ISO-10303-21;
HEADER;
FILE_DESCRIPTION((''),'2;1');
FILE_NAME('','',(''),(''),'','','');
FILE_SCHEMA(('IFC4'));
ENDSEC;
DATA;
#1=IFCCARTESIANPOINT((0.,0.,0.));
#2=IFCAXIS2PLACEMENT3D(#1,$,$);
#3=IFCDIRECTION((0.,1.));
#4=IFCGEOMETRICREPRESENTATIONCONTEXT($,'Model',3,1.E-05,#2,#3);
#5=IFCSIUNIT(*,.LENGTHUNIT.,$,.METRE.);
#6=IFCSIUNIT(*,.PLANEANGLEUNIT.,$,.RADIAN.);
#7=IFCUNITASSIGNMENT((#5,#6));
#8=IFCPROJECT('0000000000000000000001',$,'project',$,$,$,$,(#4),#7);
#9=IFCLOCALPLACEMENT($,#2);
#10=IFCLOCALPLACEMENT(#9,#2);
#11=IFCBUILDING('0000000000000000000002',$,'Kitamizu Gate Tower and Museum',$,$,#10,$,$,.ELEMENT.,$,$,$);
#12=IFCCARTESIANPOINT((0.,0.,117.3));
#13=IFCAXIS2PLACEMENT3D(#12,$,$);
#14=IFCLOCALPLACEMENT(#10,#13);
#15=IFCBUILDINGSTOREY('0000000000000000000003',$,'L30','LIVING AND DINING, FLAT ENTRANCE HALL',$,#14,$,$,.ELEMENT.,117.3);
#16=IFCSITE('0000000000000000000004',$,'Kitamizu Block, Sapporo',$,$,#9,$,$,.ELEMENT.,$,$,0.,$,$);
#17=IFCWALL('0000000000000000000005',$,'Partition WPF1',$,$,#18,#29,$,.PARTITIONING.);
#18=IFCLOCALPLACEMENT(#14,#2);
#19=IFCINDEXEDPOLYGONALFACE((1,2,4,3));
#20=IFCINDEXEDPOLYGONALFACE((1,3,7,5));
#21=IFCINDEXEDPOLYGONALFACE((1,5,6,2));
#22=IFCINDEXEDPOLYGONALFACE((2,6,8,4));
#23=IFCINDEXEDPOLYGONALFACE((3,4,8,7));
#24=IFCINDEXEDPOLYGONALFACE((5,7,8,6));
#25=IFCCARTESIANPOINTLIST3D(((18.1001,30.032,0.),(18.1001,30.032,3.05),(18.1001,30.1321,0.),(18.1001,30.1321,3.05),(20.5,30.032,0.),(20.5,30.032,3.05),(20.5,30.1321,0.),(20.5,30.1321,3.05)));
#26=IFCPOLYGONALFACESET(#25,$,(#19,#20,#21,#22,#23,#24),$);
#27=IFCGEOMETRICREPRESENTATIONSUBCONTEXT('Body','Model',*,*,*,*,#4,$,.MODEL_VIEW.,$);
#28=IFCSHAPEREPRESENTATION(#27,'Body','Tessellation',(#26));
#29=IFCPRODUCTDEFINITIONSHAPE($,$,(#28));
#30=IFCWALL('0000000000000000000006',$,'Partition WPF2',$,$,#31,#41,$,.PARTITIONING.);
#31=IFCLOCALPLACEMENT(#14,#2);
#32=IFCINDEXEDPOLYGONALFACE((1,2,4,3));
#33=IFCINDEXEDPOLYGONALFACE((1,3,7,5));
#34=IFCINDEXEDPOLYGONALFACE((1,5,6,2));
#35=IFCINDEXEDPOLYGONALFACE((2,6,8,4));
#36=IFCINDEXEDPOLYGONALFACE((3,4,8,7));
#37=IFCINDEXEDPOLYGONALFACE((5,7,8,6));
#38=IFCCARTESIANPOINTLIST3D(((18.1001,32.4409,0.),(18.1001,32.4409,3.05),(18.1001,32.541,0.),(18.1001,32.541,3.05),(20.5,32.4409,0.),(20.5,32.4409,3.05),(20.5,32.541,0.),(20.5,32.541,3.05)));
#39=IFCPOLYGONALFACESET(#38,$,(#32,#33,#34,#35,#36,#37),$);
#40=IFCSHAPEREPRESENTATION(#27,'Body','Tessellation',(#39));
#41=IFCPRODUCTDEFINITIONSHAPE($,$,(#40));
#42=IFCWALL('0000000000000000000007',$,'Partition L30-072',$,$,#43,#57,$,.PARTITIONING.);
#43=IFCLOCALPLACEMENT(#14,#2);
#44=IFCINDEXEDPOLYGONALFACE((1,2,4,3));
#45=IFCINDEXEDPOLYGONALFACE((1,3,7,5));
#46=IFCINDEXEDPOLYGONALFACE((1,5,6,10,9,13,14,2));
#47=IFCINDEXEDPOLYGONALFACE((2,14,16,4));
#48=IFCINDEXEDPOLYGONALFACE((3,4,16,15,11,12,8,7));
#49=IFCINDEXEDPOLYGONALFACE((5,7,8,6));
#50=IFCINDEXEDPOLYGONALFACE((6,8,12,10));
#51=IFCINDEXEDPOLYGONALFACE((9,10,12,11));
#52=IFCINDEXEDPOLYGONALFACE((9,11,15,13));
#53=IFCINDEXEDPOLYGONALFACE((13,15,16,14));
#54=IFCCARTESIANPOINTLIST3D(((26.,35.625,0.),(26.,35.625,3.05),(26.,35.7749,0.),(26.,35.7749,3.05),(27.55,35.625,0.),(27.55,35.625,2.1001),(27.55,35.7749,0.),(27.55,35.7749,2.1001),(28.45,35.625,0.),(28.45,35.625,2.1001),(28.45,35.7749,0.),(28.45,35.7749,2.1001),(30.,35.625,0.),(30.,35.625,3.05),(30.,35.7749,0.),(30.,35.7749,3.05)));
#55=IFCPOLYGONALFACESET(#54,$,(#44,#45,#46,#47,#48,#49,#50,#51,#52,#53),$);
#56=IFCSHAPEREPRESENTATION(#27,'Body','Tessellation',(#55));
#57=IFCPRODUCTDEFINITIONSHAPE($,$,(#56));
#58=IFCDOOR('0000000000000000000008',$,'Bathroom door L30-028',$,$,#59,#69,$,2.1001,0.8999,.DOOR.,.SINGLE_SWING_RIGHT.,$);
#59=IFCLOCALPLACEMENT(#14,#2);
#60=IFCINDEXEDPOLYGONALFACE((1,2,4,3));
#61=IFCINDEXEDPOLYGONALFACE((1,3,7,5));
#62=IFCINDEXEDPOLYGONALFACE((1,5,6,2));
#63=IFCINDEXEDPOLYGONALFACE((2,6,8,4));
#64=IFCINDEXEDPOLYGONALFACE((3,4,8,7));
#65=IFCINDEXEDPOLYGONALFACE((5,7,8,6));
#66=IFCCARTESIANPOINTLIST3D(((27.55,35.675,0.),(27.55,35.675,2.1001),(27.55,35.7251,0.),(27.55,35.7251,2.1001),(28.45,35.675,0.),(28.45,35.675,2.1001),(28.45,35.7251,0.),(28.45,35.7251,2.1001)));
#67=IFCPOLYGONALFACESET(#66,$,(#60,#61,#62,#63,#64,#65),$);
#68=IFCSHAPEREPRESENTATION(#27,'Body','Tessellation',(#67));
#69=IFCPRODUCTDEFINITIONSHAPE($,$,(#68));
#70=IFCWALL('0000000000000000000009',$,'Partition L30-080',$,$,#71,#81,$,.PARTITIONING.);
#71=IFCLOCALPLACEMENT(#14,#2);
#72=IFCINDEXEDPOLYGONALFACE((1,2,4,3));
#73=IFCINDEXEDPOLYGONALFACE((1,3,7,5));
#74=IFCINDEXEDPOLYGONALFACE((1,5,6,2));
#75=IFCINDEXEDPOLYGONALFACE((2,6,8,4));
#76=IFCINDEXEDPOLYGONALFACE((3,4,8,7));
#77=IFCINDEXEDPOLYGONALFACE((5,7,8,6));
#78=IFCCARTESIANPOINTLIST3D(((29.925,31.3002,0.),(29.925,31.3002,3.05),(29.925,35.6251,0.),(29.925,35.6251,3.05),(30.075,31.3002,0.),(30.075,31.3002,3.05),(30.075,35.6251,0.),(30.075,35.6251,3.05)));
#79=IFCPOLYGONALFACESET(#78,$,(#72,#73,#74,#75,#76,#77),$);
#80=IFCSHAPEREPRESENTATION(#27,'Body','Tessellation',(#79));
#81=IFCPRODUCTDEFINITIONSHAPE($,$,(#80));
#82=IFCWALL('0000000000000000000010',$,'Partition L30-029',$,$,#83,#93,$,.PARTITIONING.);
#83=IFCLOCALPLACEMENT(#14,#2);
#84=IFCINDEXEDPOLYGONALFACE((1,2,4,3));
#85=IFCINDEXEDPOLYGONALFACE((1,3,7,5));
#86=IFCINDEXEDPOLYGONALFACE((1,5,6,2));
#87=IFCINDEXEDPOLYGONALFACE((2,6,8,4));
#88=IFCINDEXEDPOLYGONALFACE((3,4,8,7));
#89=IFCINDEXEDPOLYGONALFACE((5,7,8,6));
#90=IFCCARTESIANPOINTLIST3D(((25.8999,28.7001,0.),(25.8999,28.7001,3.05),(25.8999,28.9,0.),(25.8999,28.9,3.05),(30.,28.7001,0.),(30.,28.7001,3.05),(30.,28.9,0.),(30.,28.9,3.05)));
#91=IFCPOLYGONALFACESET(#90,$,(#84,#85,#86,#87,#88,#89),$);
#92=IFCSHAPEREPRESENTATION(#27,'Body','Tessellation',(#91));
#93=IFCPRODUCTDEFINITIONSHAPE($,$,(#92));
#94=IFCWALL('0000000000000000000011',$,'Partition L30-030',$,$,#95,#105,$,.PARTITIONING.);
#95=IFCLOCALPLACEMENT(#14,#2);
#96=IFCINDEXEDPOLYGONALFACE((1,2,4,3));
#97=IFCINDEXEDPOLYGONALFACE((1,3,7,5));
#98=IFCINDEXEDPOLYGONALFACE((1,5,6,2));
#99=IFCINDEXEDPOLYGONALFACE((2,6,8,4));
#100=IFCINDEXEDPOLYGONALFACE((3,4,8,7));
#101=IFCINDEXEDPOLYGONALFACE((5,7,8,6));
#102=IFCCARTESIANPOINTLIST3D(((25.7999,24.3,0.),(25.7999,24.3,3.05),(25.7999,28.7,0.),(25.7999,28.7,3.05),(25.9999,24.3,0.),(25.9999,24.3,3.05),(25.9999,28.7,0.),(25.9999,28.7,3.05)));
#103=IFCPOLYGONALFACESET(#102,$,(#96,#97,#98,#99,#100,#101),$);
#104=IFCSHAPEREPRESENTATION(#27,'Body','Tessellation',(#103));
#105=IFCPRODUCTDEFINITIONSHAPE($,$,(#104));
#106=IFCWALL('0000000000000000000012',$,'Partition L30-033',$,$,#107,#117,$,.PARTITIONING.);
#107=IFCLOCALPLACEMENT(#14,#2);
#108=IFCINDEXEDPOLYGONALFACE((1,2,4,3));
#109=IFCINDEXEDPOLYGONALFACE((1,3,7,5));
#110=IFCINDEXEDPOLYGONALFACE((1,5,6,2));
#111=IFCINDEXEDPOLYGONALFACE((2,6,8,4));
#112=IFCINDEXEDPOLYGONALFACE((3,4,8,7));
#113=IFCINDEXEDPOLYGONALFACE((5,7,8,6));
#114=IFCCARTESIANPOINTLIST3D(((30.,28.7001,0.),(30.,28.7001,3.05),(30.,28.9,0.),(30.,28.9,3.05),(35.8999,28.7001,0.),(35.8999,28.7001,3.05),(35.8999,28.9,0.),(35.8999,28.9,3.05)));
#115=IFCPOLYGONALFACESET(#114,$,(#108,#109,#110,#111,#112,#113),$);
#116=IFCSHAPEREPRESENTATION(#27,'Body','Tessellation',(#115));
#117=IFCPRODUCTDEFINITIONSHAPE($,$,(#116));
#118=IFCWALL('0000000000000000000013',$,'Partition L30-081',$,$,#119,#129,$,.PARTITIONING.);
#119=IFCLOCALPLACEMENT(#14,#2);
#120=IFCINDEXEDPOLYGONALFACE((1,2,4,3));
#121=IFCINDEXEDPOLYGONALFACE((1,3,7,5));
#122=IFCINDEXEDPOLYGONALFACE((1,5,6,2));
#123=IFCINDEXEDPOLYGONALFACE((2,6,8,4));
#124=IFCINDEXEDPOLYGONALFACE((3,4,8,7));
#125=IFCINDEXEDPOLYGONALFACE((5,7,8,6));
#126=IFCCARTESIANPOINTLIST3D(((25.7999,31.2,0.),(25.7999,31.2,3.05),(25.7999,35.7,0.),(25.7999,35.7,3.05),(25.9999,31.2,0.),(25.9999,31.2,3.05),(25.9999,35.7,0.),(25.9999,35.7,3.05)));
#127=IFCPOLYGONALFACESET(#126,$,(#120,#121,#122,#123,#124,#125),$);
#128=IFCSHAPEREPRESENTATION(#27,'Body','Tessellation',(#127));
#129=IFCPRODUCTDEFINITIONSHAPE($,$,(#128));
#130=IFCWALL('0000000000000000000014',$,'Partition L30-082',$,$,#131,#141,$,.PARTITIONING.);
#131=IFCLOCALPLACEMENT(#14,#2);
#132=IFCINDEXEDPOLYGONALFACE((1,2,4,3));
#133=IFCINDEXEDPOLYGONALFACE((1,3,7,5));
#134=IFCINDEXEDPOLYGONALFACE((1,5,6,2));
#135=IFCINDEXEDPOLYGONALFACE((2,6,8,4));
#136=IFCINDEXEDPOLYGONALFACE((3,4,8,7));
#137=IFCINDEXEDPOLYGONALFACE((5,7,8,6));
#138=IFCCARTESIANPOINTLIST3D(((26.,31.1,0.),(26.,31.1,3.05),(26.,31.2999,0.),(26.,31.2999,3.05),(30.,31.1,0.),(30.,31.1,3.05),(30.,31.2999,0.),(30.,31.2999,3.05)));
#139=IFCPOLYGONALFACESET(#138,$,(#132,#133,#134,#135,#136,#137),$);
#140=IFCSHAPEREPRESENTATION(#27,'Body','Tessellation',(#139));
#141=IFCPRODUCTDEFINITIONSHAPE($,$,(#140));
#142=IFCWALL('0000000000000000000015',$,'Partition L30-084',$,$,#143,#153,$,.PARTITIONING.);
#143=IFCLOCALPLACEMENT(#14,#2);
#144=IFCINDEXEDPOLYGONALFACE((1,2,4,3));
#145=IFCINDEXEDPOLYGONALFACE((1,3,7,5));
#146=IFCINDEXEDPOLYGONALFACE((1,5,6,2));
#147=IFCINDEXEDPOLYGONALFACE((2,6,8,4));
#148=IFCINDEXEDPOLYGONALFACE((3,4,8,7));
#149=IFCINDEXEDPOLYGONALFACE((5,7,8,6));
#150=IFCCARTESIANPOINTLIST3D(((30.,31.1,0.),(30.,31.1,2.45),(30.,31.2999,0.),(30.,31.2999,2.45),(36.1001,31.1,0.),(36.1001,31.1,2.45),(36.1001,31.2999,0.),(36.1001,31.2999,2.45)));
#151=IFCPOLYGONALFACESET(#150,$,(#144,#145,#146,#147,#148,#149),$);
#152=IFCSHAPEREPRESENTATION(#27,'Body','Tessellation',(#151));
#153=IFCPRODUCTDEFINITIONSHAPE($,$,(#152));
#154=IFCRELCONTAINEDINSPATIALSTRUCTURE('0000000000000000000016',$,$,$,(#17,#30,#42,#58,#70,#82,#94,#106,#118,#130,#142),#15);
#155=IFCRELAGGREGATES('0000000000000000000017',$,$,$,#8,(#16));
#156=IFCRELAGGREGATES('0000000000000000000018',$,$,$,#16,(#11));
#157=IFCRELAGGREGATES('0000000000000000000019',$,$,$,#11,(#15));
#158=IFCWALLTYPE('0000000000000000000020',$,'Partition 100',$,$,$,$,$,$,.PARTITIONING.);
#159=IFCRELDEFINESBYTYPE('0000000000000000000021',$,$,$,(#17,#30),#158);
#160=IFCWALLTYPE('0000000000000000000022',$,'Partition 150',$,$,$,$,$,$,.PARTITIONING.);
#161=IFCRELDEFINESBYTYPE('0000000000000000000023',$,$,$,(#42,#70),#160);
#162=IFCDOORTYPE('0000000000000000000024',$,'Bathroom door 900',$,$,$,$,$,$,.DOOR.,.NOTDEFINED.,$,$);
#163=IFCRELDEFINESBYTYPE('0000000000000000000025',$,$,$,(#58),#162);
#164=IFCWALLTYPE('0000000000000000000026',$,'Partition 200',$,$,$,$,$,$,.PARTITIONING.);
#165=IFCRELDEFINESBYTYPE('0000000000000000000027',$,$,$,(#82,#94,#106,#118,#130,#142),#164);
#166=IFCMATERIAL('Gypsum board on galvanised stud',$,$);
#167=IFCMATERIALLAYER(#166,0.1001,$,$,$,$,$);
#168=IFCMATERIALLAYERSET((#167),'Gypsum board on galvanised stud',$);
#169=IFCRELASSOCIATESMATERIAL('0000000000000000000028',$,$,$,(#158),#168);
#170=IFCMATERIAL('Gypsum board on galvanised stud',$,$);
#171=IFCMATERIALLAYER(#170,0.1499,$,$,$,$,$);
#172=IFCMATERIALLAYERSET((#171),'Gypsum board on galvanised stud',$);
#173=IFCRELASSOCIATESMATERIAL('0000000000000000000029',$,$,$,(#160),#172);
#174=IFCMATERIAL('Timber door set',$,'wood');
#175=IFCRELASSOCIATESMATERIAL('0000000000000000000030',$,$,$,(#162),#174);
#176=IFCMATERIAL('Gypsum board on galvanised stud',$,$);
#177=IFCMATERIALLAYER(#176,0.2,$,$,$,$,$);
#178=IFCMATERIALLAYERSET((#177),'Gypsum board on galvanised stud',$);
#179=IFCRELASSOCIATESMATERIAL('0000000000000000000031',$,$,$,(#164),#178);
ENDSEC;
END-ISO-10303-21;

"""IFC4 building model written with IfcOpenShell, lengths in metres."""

from ifc_helpers import new_model, si_unit, direction, frame, frame_2d, origin, place, context, subcontext, project, spatial, rectangle, extrude, material, layer, layer_set, type_object, element, fill, save


model = new_model("IFC4")

# Units and contexts
model_context = context("Model", 3, precision=1e-05, world=origin(), true_north=direction((0.0, 1.0)))
body_context = subcontext(model_context, "Body", "Model", "MODEL_VIEW")
ifc_project = project(units=[si_unit("LENGTHUNIT", "METRE"), si_unit("PLANEANGLEUNIT", "RADIAN")], contexts=[model_context])

# Site, building, storey
site_placement = place(None, origin())
site = spatial("IfcSite", under=ifc_project, at=site_placement, Name="Kitamizu Block, Sapporo", CompositionType="ELEMENT", RefElevation=0.0)
building_placement = place(site_placement, origin())
building = spatial("IfcBuilding", under=site, at=building_placement, Name="Kitamizu Gate Tower and Museum", CompositionType="ELEMENT")
storey_placement = place(building_placement, frame((0.0, 0.0, 117.3)))
storey = spatial("IfcBuildingStorey", under=building, at=storey_placement, Name="L30", Description="LIVING AND DINING, FLAT ENTRANCE HALL", CompositionType="ELEMENT", Elevation=117.3)

# Walls
ifc_material_1 = material(Name="Gypsum board on galvanised stud")
ifc_layer_1 = layer(ifc_material_1, 0.1001)
ifc_layer_set_1 = layer_set([ifc_layer_1], Name="Gypsum board on galvanised stud")
wall_type_1 = type_object("IfcWallType", Name="Partition 100", PredefinedType="PARTITIONING", material=ifc_layer_set_1)
for number, where, z_axis, x_axis, name in (
    (1, (18.1001, 30.082, 0.0), (0.0, 0.0, 1.0), (1.0, 0.0, 0.0), "Partition WPF1"),
    (2, (18.1001, 32.491, 0.0), (0.0, 0.0, 1.0), (1.0, 0.0, 0.0), "Partition WPF2"),
):
    element("IfcWall", number, at=place(storey_placement, frame(where, z_axis=z_axis, x_axis=x_axis)), inside=storey, type_object=wall_type_1, Name=name, PredefinedType="PARTITIONING", context=body_context, shape_type="SweptSolid", body=[
        extrude(rectangle(XDim=2.3999, YDim=0.1001, at=frame_2d((1.2, 0.0))), origin(), (0.0, 0.0, 1.0), 3.05),
    ])

# Wall, opening, door
ifc_material_2 = material(Name="Gypsum board on galvanised stud")
ifc_layer_2 = layer(ifc_material_2, 0.1499)
ifc_layer_set_2 = layer_set([ifc_layer_2], Name="Gypsum board on galvanised stud")
wall_type_2 = type_object("IfcWallType", Name="Partition 150", PredefinedType="PARTITIONING", material=ifc_layer_set_2)
wall_1_placement = place(storey_placement, frame((26.0, 35.7, 0.0), z_axis=(0.0, 0.0, 1.0), x_axis=(1.0, 0.0, 0.0)))
wall_1 = element("IfcWall", 3, at=wall_1_placement, inside=storey, type_object=wall_type_2, Name="Partition L30-072", PredefinedType="PARTITIONING", context=body_context, shape_type="SweptSolid", body=[
    extrude(rectangle(XDim=4.0, YDim=0.1499, at=frame_2d((2.0, 0.0))), origin(), (0.0, 0.0, 1.0), 3.05),
])
opening_1_placement = place(wall_1_placement, frame((1.55, 0.0, 0.0)))
opening_1 = element("IfcOpeningElement", 4, at=opening_1_placement, cuts=wall_1, PredefinedType="OPENING", context=body_context, shape_type="SweptSolid", body=[
    extrude(rectangle(XDim=0.8999, YDim=2.1001, at=frame_2d((0.45, 1.05))), frame((0.0, 0.085, 0.0), z_axis=(0.0, -1.0, 0.0), x_axis=(1.0, 0.0, 0.0)), (0.0, 0.0, 1.0), 0.1699),
])
ifc_material_3 = material(Name="Timber door set", Category="wood")
door_type_1 = type_object("IfcDoorType", Name="Bathroom door 900", OperationType="NOTDEFINED", PredefinedType="DOOR", material=ifc_material_3)
door_1_placement = place(opening_1_placement, frame((0.8999, 0.0, 0.0), x_axis=(-1.0, 0.0, 0.0)))
door_1 = element("IfcDoor", 5, at=door_1_placement, inside=storey, type_object=door_type_1, Name="Bathroom door L30-028", OperationType="SINGLE_SWING_RIGHT", OverallHeight=2.1001, OverallWidth=0.8999, PredefinedType="DOOR", context=body_context, shape_type="SweptSolid", body=[
    extrude(rectangle(XDim=0.8999, YDim=2.1001, at=frame_2d((0.45, 1.05))), frame((0.0, 0.0249, 0.0), z_axis=(0.0, -1.0, 0.0), x_axis=(1.0, 0.0, 0.0)), (0.0, 0.0, 1.0), 0.05),
])
fill(opening_1, door_1)

# Walls
wall_2_placement = place(storey_placement, frame((30.0, 31.3, 0.0), z_axis=(0.0, 0.0, 1.0), x_axis=(0.0, 1.0, 0.0)))
element("IfcWall", 6, at=wall_2_placement, inside=storey, type_object=wall_type_2, Name="Partition L30-080", PredefinedType="PARTITIONING", context=body_context, shape_type="SweptSolid", body=[
    extrude(rectangle(XDim=4.325, YDim=0.1499, at=frame_2d((2.1626, 0.0))), origin(), (0.0, 0.0, 1.0), 3.05),
])
ifc_material_4 = material(Name="Gypsum board on galvanised stud")
ifc_layer_3 = layer(ifc_material_4, 0.2)
ifc_layer_set_3 = layer_set([ifc_layer_3], Name="Gypsum board on galvanised stud")
wall_type_3 = type_object("IfcWallType", Name="Partition 200", PredefinedType="PARTITIONING", material=ifc_layer_set_3)
wall_3_placement = place(storey_placement, frame((30.0, 28.8, 0.0), z_axis=(0.0, 0.0, 1.0), x_axis=(-1.0, 0.0, 0.0)))
element("IfcWall", 7, at=wall_3_placement, inside=storey, type_object=wall_type_3, Name="Partition L30-029", PredefinedType="PARTITIONING", context=body_context, shape_type="SweptSolid", body=[
    extrude(rectangle(XDim=4.1001, YDim=0.2, at=frame_2d((2.05, 0.0))), origin(), (0.0, 0.0, 1.0), 3.05),
])
wall_4_placement = place(storey_placement, frame((25.8999, 28.7, 0.0), z_axis=(0.0, 0.0, 1.0), x_axis=(0.0, -1.0, 0.0)))
element("IfcWall", 8, at=wall_4_placement, inside=storey, type_object=wall_type_3, Name="Partition L30-030", PredefinedType="PARTITIONING", context=body_context, shape_type="SweptSolid", body=[
    extrude(rectangle(XDim=4.3999, YDim=0.2, at=frame_2d((2.2, 0.0))), origin(), (0.0, 0.0, 1.0), 3.05),
])
wall_5_placement = place(storey_placement, frame((35.8999, 28.8, 0.0), z_axis=(0.0, 0.0, 1.0), x_axis=(-1.0, 0.0, 0.0)))
element("IfcWall", 9, at=wall_5_placement, inside=storey, type_object=wall_type_3, Name="Partition L30-033", PredefinedType="PARTITIONING", context=body_context, shape_type="SweptSolid", body=[
    extrude(rectangle(XDim=5.8999, YDim=0.2, at=frame_2d((2.95, 0.0))), origin(), (0.0, 0.0, 1.0), 3.05),
])
wall_6_placement = place(storey_placement, frame((25.8999, 35.7, 0.0), z_axis=(0.0, 0.0, 1.0), x_axis=(0.0, -1.0, 0.0)))
element("IfcWall", 10, at=wall_6_placement, inside=storey, type_object=wall_type_3, Name="Partition L30-081", PredefinedType="PARTITIONING", context=body_context, shape_type="SweptSolid", body=[
    extrude(rectangle(XDim=4.5, YDim=0.2, at=frame_2d((2.25, 0.0))), origin(), (0.0, 0.0, 1.0), 3.05),
])
wall_7_placement = place(storey_placement, frame((26.0, 31.2, 0.0), z_axis=(0.0, 0.0, 1.0), x_axis=(1.0, 0.0, 0.0)))
element("IfcWall", 11, at=wall_7_placement, inside=storey, type_object=wall_type_3, Name="Partition L30-082", PredefinedType="PARTITIONING", context=body_context, shape_type="SweptSolid", body=[
    extrude(rectangle(XDim=4.0, YDim=0.2, at=frame_2d((2.0, 0.0))), origin(), (0.0, 0.0, 1.0), 3.05),
])
wall_8_placement = place(storey_placement, frame((30.0, 31.2, 0.0), z_axis=(0.0, 0.0, 1.0), x_axis=(1.0, 0.0, 0.0)))
element("IfcWall", 12, at=wall_8_placement, inside=storey, type_object=wall_type_3, Name="Partition L30-084", PredefinedType="PARTITIONING", context=body_context, shape_type="SweptSolid", body=[
    extrude(rectangle(XDim=6.1001, YDim=0.2, at=frame_2d((3.05, 0.0))), origin(), (0.0, 0.0, 1.0), 2.45),
])

save(model, "model.ifc")
